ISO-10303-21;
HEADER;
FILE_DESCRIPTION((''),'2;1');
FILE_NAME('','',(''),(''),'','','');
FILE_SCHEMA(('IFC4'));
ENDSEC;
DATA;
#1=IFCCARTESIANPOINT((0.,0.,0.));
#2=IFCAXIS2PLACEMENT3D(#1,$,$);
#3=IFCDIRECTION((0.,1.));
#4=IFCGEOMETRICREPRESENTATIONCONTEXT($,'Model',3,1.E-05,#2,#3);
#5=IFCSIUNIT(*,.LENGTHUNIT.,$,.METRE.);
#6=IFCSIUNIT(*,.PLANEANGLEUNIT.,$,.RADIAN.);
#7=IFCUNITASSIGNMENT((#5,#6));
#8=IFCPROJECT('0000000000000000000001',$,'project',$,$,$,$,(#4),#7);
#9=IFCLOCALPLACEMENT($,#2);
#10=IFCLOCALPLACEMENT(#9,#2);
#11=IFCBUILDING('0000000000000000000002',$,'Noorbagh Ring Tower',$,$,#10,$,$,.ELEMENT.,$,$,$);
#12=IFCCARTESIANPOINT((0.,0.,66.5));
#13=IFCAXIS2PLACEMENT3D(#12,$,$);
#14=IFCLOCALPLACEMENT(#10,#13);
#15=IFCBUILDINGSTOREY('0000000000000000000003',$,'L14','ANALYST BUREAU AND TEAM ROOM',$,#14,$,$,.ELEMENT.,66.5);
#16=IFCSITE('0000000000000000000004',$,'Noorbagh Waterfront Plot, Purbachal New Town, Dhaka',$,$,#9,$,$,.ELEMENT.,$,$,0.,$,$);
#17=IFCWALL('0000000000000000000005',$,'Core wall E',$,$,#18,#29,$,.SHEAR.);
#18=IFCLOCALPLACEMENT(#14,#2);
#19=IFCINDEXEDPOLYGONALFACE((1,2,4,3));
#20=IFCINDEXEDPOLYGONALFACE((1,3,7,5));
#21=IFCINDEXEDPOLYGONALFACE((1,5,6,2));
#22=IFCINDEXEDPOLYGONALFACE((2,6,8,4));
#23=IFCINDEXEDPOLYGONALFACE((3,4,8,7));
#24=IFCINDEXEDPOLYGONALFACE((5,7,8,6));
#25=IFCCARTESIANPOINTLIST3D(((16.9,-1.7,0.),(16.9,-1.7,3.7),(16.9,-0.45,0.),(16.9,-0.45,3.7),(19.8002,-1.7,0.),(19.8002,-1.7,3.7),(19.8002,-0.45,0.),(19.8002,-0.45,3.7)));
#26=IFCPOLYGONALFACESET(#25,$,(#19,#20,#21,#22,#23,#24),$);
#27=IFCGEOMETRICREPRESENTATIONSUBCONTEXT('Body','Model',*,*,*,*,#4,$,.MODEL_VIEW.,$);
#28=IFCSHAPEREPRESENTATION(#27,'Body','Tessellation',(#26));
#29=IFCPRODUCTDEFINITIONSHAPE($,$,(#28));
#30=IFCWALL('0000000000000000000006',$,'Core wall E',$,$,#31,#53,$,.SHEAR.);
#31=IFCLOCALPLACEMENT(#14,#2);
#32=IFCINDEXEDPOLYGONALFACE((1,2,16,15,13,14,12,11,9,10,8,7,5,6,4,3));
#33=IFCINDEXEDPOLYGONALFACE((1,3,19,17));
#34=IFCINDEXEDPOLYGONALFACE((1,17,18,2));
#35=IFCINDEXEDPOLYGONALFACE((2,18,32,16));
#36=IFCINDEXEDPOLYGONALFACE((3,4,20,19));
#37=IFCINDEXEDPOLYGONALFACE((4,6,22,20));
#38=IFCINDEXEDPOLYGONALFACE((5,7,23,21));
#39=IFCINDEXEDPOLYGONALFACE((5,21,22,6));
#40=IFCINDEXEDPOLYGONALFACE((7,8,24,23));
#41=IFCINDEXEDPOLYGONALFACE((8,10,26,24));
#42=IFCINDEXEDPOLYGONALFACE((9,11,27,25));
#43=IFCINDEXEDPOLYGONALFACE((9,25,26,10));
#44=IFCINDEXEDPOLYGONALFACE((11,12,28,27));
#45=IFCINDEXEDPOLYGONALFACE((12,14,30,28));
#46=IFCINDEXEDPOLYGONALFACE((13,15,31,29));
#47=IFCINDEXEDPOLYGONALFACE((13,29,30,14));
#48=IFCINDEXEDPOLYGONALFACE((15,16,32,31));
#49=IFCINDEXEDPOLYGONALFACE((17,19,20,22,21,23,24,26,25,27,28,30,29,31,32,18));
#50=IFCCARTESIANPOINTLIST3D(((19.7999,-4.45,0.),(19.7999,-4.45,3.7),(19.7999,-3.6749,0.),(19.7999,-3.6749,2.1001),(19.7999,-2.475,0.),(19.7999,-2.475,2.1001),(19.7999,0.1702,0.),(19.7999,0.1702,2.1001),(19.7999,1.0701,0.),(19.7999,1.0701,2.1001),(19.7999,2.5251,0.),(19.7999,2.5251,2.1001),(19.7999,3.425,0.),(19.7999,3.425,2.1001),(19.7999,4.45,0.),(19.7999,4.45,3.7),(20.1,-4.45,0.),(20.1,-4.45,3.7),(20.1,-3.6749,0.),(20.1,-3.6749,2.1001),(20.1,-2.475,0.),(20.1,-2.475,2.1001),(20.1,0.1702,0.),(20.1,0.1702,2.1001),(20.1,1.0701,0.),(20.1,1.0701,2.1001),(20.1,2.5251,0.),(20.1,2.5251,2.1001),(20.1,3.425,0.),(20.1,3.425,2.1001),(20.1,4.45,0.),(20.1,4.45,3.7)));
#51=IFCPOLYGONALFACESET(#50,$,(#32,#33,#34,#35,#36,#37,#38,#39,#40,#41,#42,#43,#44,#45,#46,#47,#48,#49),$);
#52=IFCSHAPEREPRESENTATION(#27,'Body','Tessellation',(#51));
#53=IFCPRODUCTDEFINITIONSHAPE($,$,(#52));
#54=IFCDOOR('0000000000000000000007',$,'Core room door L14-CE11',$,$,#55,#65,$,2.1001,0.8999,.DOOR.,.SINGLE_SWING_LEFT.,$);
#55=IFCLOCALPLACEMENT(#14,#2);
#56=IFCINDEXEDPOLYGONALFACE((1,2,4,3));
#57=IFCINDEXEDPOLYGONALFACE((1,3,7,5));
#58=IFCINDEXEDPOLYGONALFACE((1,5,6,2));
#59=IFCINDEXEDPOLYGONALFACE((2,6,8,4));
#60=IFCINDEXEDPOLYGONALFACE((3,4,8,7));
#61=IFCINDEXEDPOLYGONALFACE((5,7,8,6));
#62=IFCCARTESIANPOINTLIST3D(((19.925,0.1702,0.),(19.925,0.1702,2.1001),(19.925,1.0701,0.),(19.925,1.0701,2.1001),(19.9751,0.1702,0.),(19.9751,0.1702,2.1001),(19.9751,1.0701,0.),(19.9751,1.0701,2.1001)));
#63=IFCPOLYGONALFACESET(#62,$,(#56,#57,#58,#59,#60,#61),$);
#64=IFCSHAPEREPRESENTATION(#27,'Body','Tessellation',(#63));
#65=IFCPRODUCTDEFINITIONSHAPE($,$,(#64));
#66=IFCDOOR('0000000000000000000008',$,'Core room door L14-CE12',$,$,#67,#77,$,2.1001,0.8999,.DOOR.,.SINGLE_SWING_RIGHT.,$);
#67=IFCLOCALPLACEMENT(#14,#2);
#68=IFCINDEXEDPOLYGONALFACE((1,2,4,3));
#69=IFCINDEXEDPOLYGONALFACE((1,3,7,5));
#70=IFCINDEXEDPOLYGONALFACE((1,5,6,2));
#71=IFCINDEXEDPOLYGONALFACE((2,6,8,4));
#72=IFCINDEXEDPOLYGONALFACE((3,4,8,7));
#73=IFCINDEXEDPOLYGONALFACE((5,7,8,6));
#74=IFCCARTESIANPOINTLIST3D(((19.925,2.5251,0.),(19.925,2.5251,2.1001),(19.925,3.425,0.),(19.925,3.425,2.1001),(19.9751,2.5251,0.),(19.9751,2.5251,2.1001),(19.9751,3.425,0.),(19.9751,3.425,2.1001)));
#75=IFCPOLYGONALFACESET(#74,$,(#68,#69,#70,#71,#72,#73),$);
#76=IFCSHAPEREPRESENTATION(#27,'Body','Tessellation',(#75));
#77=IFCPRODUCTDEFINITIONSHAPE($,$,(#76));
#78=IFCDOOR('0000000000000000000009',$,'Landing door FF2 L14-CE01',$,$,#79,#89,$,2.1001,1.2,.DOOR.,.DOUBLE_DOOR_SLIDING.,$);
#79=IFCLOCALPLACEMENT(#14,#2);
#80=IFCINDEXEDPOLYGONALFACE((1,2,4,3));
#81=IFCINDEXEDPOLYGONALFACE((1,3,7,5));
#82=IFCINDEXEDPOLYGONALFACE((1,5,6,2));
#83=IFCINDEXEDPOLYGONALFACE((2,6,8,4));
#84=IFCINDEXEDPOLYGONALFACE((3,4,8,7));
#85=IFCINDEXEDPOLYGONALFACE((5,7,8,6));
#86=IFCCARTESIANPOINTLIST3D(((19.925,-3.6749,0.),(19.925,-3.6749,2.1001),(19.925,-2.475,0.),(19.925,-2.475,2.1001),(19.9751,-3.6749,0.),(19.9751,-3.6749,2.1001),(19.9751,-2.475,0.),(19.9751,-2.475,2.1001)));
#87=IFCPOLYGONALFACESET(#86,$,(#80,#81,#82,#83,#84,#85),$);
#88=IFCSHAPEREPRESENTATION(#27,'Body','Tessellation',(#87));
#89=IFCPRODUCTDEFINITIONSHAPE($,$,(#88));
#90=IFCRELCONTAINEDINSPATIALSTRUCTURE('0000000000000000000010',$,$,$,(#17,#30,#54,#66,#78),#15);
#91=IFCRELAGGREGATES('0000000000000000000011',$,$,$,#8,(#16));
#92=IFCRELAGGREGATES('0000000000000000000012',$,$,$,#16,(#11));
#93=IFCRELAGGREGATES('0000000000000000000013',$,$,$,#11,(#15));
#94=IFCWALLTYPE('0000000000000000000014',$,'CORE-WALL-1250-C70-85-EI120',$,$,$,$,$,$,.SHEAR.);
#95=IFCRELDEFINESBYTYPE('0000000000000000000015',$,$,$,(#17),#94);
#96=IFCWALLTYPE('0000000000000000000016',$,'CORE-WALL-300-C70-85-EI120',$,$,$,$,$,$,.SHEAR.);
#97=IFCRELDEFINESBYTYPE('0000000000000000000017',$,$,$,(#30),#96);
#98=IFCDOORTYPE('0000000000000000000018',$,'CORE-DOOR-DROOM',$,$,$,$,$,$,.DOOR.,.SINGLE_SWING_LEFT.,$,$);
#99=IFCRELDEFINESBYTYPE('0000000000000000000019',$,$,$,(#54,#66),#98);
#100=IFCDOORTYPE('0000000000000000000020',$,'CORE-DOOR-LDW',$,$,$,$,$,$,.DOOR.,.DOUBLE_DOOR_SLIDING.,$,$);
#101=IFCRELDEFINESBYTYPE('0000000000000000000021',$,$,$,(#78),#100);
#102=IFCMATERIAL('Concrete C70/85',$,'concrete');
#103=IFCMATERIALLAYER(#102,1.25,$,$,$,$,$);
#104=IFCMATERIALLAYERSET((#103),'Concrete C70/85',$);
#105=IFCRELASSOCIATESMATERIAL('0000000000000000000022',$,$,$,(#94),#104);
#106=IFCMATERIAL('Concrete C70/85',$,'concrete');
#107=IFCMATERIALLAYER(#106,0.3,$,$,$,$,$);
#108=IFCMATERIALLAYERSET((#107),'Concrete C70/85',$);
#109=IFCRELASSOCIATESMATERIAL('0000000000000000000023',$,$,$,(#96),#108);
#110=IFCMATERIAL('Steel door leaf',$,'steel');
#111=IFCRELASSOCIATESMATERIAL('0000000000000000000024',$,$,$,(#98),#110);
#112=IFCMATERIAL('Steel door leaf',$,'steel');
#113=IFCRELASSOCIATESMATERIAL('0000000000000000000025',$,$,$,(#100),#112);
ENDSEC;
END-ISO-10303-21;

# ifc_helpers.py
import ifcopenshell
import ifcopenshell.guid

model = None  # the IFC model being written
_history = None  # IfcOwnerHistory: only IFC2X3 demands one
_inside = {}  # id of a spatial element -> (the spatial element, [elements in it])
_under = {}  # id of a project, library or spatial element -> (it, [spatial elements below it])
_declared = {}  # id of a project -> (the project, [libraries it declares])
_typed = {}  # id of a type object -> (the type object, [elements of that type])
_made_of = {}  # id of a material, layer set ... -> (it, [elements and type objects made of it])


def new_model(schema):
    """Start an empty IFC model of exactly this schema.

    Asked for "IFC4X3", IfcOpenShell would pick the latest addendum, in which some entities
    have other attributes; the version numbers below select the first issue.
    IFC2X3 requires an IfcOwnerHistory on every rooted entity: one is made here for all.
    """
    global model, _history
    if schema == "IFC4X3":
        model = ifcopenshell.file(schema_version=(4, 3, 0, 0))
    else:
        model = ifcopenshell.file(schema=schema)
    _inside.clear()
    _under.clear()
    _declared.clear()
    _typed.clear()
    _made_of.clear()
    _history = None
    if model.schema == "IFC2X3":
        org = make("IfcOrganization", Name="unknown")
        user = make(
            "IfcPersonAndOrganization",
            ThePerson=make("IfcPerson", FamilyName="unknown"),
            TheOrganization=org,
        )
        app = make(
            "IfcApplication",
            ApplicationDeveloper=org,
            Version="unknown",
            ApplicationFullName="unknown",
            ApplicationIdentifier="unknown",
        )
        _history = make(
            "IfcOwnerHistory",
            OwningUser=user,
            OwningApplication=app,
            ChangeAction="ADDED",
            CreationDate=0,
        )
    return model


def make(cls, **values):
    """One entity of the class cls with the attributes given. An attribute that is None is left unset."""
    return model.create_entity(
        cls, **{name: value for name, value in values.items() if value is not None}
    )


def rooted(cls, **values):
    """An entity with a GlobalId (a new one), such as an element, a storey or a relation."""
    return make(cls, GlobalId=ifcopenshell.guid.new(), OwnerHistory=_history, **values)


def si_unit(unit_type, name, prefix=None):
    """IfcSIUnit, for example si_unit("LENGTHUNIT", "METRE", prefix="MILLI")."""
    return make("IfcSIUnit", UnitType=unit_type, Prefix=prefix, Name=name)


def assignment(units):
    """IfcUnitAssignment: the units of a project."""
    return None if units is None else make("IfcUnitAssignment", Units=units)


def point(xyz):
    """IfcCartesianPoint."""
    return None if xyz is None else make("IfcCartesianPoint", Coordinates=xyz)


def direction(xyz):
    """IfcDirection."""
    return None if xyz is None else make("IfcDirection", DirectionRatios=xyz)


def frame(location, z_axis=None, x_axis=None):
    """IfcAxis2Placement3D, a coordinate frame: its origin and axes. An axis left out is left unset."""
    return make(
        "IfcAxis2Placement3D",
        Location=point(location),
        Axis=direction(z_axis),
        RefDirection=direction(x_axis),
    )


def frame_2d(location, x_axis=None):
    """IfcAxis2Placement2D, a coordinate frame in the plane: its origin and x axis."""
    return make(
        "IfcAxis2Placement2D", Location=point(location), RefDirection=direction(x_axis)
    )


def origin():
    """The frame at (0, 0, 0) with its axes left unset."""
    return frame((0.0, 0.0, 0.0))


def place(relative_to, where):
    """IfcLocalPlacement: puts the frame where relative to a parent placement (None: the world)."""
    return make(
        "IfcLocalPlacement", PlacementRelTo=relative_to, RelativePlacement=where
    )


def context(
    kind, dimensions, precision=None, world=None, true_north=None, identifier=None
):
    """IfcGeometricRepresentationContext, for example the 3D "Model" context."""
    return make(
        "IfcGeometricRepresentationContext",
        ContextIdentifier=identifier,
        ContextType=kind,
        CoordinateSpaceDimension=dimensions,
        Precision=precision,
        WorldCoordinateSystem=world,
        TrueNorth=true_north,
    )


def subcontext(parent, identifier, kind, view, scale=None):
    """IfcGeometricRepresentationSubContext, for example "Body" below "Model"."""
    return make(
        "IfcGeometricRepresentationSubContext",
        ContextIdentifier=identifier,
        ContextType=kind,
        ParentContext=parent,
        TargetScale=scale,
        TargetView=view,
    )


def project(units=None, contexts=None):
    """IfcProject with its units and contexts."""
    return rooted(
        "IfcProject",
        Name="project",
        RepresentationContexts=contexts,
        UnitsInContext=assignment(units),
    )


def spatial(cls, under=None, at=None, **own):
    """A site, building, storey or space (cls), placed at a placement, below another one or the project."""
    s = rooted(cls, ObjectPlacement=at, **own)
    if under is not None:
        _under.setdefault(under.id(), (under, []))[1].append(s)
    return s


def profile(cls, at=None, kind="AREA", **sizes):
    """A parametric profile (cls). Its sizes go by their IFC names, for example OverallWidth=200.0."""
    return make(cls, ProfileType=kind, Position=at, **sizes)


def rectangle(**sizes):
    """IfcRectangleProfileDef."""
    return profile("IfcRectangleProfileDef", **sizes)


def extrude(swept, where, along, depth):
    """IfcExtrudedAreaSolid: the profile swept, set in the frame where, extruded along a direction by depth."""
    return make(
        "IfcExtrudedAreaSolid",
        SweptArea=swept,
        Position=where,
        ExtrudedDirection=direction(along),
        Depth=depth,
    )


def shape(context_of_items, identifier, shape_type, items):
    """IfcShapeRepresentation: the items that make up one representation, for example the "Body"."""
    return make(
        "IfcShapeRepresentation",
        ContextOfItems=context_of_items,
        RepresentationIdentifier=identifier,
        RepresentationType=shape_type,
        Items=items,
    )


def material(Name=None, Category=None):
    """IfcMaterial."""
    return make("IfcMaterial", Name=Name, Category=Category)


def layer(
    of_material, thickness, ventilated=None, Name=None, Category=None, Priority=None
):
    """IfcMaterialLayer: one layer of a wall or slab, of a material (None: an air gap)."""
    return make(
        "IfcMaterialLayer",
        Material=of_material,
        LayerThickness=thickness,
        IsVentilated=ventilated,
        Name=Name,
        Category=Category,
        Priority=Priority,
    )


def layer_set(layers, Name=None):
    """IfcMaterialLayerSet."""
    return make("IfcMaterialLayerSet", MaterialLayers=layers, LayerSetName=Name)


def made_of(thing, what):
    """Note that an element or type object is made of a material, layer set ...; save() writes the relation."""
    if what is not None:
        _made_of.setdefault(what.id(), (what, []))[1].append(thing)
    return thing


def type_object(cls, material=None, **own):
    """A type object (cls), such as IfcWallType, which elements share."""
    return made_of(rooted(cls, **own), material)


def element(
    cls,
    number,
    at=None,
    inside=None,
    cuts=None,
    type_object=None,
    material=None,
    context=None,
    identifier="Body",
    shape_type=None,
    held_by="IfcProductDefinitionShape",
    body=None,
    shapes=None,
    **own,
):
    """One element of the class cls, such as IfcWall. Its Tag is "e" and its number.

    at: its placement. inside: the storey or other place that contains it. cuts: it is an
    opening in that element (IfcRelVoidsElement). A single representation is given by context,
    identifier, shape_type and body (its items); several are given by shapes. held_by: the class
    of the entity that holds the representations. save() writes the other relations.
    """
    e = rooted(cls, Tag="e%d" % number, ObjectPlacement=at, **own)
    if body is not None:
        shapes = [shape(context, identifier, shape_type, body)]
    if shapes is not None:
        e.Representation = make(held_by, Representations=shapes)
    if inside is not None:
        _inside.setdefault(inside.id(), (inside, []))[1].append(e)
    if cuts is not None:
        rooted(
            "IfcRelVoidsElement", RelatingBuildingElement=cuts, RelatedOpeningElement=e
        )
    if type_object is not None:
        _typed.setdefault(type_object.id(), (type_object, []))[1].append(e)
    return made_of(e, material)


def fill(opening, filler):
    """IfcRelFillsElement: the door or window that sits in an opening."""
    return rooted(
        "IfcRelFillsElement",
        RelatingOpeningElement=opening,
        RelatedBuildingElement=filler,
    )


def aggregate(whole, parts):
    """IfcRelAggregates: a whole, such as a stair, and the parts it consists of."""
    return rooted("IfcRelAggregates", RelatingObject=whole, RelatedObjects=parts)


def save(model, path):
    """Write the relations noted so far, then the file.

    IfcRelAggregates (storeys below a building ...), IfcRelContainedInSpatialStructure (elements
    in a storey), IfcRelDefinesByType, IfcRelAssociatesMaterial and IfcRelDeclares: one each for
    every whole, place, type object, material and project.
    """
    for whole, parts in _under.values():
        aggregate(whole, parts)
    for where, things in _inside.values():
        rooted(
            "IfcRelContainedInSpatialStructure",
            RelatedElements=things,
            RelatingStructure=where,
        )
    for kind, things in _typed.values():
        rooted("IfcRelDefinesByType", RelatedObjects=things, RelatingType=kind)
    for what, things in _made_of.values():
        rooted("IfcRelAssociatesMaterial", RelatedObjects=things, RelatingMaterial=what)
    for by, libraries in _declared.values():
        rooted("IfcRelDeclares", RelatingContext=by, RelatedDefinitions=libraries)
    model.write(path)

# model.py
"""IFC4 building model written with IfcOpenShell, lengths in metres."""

from ifc_helpers import new_model, si_unit, direction, frame, frame_2d, origin, place, context, subcontext, project, spatial, rectangle, extrude, material, layer, layer_set, type_object, element, fill, save


model = new_model("IFC4")

# Units and contexts
model_context = context("Model", 3, precision=1e-05, world=origin(), true_north=direction((0.0, 1.0)))
body_context = subcontext(model_context, "Body", "Model", "MODEL_VIEW")
ifc_project = project(units=[si_unit("LENGTHUNIT", "METRE"), si_unit("PLANEANGLEUNIT", "RADIAN")], contexts=[model_context])

# Site, building, storey
site_placement = place(None, origin())
site = spatial("IfcSite", under=ifc_project, at=site_placement, Name="Noorbagh Waterfront Plot, Purbachal New Town, Dhaka", CompositionType="ELEMENT", RefElevation=0.0)
building_placement = place(site_placement, origin())
building = spatial("IfcBuilding", under=site, at=building_placement, Name="Noorbagh Ring Tower", CompositionType="ELEMENT")
storey_placement = place(building_placement, frame((0.0, 0.0, 66.5)))
storey = spatial("IfcBuildingStorey", under=building, at=storey_placement, Name="L14", Description="ANALYST BUREAU AND TEAM ROOM", CompositionType="ELEMENT", Elevation=66.5)

# Wall
ifc_material_1 = material(Name="Concrete C70/85", Category="concrete")
ifc_layer_1 = layer(ifc_material_1, 1.25)
ifc_layer_set_1 = layer_set([ifc_layer_1], Name="Concrete C70/85")
wall_type_1 = type_object("IfcWallType", Name="CORE-WALL-1250-C70-85-EI120", PredefinedType="SHEAR", material=ifc_layer_set_1)
wall_1_placement = place(storey_placement, frame((16.8999, -1.075, 0.0), z_axis=(0.0, 0.0, 1.0), x_axis=(1.0, 0.0, 0.0)))
element("IfcWall", 1, at=wall_1_placement, inside=storey, type_object=wall_type_1, Name="Core wall E", PredefinedType="SHEAR", context=body_context, shape_type="SweptSolid", body=[
    extrude(rectangle(XDim=2.9001, YDim=1.25, at=frame_2d((1.4502, 0.0))), origin(), (0.0, 0.0, 1.0), 3.7),
])

# Wall, openings, doors
ifc_material_2 = material(Name="Concrete C70/85", Category="concrete")
ifc_layer_2 = layer(ifc_material_2, 0.3)
ifc_layer_set_2 = layer_set([ifc_layer_2], Name="Concrete C70/85")
wall_type_2 = type_object("IfcWallType", Name="CORE-WALL-300-C70-85-EI120", PredefinedType="SHEAR", material=ifc_layer_set_2)
wall_2_placement = place(storey_placement, frame((19.95, -4.45, 0.0), z_axis=(0.0, 0.0, 1.0), x_axis=(0.0, 1.0, 0.0)))
wall_2 = element("IfcWall", 2, at=wall_2_placement, inside=storey, type_object=wall_type_2, Name="Core wall E", PredefinedType="SHEAR", context=body_context, shape_type="SweptSolid", body=[
    extrude(rectangle(XDim=8.8999, YDim=0.3, at=frame_2d((4.45, 0.0))), origin(), (0.0, 0.0, 1.0), 3.7),
])
opening_1_placement = place(wall_2_placement, frame((0.7749, 0.0, 0.0)))
opening_1 = element("IfcOpeningElement", 3, at=opening_1_placement, cuts=wall_2, PredefinedType="OPENING", context=body_context, shape_type="SweptSolid", body=[
    extrude(rectangle(XDim=1.2, YDim=2.1001, at=frame_2d((0.6001, 1.05))), frame((0.0, 0.1602, 0.0), z_axis=(0.0, -1.0, 0.0), x_axis=(1.0, 0.0, 0.0)), (0.0, 0.0, 1.0), 0.3201),
])
opening_2_placement = place(wall_2_placement, frame((4.6201, 0.0, 0.0)))
opening_2 = element("IfcOpeningElement", 4, at=opening_2_placement, cuts=wall_2, PredefinedType="OPENING", context=body_context, shape_type="SweptSolid", body=[
    extrude(rectangle(XDim=0.8999, YDim=2.1001, at=frame_2d((0.45, 1.05))), frame((0.0, 0.1602, 0.0), z_axis=(0.0, -1.0, 0.0), x_axis=(1.0, 0.0, 0.0)), (0.0, 0.0, 1.0), 0.3201),
])
opening_3_placement = place(wall_2_placement, frame((6.9751, 0.0, 0.0)))
opening_3 = element("IfcOpeningElement", 5, at=opening_3_placement, cuts=wall_2, PredefinedType="OPENING", context=body_context, shape_type="SweptSolid", body=[
    extrude(rectangle(XDim=0.8999, YDim=2.1001, at=frame_2d((0.45, 1.05))), frame((0.0, 0.1602, 0.0), z_axis=(0.0, -1.0, 0.0), x_axis=(1.0, 0.0, 0.0)), (0.0, 0.0, 1.0), 0.3201),
])
ifc_material_3 = material(Name="Steel door leaf", Category="steel")
door_type_1 = type_object("IfcDoorType", Name="CORE-DOOR-DROOM", OperationType="SINGLE_SWING_LEFT", PredefinedType="DOOR", material=ifc_material_3)
door_1_placement = place(opening_2_placement, origin())
door_1 = element("IfcDoor", 6, at=door_1_placement, inside=storey, type_object=door_type_1, Name="Core room door L14-CE11", OperationType="SINGLE_SWING_LEFT", OverallHeight=2.1001, OverallWidth=0.8999, PredefinedType="DOOR", context=body_context, shape_type="SweptSolid", body=[
    extrude(rectangle(XDim=0.8999, YDim=2.1001, at=frame_2d((0.45, 1.05))), frame((0.0, 0.0249, 0.0), z_axis=(0.0, -1.0, 0.0), x_axis=(1.0, 0.0, 0.0)), (0.0, 0.0, 1.0), 0.05),
])
fill(opening_2, door_1)
door_2_placement = place(opening_3_placement, origin())
door_2 = element("IfcDoor", 7, at=door_2_placement, inside=storey, type_object=door_type_1, Name="Core room door L14-CE12", OperationType="SINGLE_SWING_RIGHT", OverallHeight=2.1001, OverallWidth=0.8999, PredefinedType="DOOR", context=body_context, shape_type="SweptSolid", body=[
    extrude(rectangle(XDim=0.8999, YDim=2.1001, at=frame_2d((0.45, 1.05))), frame((0.0, 0.0249, 0.0), z_axis=(0.0, -1.0, 0.0), x_axis=(1.0, 0.0, 0.0)), (0.0, 0.0, 1.0), 0.05),
])
fill(opening_3, door_2)
ifc_material_4 = material(Name="Steel door leaf", Category="steel")
door_type_2 = type_object("IfcDoorType", Name="CORE-DOOR-LDW", OperationType="DOUBLE_DOOR_SLIDING", PredefinedType="DOOR", material=ifc_material_4)
door_3_placement = place(opening_1_placement, origin())
door_3 = element("IfcDoor", 8, at=door_3_placement, inside=storey, type_object=door_type_2, Name="Landing door FF2 L14-CE01", OperationType="DOUBLE_DOOR_SLIDING", OverallHeight=2.1001, OverallWidth=1.2, PredefinedType="DOOR", context=body_context, shape_type="SweptSolid", body=[
    extrude(rectangle(XDim=1.2, YDim=2.1001, at=frame_2d((0.6001, 1.05))), frame((0.0, 0.0249, 0.0), z_axis=(0.0, -1.0, 0.0), x_axis=(1.0, 0.0, 0.0)), (0.0, 0.0, 1.0), 0.05),
])
fill(opening_1, door_3)

save(model, "model.ifc")
